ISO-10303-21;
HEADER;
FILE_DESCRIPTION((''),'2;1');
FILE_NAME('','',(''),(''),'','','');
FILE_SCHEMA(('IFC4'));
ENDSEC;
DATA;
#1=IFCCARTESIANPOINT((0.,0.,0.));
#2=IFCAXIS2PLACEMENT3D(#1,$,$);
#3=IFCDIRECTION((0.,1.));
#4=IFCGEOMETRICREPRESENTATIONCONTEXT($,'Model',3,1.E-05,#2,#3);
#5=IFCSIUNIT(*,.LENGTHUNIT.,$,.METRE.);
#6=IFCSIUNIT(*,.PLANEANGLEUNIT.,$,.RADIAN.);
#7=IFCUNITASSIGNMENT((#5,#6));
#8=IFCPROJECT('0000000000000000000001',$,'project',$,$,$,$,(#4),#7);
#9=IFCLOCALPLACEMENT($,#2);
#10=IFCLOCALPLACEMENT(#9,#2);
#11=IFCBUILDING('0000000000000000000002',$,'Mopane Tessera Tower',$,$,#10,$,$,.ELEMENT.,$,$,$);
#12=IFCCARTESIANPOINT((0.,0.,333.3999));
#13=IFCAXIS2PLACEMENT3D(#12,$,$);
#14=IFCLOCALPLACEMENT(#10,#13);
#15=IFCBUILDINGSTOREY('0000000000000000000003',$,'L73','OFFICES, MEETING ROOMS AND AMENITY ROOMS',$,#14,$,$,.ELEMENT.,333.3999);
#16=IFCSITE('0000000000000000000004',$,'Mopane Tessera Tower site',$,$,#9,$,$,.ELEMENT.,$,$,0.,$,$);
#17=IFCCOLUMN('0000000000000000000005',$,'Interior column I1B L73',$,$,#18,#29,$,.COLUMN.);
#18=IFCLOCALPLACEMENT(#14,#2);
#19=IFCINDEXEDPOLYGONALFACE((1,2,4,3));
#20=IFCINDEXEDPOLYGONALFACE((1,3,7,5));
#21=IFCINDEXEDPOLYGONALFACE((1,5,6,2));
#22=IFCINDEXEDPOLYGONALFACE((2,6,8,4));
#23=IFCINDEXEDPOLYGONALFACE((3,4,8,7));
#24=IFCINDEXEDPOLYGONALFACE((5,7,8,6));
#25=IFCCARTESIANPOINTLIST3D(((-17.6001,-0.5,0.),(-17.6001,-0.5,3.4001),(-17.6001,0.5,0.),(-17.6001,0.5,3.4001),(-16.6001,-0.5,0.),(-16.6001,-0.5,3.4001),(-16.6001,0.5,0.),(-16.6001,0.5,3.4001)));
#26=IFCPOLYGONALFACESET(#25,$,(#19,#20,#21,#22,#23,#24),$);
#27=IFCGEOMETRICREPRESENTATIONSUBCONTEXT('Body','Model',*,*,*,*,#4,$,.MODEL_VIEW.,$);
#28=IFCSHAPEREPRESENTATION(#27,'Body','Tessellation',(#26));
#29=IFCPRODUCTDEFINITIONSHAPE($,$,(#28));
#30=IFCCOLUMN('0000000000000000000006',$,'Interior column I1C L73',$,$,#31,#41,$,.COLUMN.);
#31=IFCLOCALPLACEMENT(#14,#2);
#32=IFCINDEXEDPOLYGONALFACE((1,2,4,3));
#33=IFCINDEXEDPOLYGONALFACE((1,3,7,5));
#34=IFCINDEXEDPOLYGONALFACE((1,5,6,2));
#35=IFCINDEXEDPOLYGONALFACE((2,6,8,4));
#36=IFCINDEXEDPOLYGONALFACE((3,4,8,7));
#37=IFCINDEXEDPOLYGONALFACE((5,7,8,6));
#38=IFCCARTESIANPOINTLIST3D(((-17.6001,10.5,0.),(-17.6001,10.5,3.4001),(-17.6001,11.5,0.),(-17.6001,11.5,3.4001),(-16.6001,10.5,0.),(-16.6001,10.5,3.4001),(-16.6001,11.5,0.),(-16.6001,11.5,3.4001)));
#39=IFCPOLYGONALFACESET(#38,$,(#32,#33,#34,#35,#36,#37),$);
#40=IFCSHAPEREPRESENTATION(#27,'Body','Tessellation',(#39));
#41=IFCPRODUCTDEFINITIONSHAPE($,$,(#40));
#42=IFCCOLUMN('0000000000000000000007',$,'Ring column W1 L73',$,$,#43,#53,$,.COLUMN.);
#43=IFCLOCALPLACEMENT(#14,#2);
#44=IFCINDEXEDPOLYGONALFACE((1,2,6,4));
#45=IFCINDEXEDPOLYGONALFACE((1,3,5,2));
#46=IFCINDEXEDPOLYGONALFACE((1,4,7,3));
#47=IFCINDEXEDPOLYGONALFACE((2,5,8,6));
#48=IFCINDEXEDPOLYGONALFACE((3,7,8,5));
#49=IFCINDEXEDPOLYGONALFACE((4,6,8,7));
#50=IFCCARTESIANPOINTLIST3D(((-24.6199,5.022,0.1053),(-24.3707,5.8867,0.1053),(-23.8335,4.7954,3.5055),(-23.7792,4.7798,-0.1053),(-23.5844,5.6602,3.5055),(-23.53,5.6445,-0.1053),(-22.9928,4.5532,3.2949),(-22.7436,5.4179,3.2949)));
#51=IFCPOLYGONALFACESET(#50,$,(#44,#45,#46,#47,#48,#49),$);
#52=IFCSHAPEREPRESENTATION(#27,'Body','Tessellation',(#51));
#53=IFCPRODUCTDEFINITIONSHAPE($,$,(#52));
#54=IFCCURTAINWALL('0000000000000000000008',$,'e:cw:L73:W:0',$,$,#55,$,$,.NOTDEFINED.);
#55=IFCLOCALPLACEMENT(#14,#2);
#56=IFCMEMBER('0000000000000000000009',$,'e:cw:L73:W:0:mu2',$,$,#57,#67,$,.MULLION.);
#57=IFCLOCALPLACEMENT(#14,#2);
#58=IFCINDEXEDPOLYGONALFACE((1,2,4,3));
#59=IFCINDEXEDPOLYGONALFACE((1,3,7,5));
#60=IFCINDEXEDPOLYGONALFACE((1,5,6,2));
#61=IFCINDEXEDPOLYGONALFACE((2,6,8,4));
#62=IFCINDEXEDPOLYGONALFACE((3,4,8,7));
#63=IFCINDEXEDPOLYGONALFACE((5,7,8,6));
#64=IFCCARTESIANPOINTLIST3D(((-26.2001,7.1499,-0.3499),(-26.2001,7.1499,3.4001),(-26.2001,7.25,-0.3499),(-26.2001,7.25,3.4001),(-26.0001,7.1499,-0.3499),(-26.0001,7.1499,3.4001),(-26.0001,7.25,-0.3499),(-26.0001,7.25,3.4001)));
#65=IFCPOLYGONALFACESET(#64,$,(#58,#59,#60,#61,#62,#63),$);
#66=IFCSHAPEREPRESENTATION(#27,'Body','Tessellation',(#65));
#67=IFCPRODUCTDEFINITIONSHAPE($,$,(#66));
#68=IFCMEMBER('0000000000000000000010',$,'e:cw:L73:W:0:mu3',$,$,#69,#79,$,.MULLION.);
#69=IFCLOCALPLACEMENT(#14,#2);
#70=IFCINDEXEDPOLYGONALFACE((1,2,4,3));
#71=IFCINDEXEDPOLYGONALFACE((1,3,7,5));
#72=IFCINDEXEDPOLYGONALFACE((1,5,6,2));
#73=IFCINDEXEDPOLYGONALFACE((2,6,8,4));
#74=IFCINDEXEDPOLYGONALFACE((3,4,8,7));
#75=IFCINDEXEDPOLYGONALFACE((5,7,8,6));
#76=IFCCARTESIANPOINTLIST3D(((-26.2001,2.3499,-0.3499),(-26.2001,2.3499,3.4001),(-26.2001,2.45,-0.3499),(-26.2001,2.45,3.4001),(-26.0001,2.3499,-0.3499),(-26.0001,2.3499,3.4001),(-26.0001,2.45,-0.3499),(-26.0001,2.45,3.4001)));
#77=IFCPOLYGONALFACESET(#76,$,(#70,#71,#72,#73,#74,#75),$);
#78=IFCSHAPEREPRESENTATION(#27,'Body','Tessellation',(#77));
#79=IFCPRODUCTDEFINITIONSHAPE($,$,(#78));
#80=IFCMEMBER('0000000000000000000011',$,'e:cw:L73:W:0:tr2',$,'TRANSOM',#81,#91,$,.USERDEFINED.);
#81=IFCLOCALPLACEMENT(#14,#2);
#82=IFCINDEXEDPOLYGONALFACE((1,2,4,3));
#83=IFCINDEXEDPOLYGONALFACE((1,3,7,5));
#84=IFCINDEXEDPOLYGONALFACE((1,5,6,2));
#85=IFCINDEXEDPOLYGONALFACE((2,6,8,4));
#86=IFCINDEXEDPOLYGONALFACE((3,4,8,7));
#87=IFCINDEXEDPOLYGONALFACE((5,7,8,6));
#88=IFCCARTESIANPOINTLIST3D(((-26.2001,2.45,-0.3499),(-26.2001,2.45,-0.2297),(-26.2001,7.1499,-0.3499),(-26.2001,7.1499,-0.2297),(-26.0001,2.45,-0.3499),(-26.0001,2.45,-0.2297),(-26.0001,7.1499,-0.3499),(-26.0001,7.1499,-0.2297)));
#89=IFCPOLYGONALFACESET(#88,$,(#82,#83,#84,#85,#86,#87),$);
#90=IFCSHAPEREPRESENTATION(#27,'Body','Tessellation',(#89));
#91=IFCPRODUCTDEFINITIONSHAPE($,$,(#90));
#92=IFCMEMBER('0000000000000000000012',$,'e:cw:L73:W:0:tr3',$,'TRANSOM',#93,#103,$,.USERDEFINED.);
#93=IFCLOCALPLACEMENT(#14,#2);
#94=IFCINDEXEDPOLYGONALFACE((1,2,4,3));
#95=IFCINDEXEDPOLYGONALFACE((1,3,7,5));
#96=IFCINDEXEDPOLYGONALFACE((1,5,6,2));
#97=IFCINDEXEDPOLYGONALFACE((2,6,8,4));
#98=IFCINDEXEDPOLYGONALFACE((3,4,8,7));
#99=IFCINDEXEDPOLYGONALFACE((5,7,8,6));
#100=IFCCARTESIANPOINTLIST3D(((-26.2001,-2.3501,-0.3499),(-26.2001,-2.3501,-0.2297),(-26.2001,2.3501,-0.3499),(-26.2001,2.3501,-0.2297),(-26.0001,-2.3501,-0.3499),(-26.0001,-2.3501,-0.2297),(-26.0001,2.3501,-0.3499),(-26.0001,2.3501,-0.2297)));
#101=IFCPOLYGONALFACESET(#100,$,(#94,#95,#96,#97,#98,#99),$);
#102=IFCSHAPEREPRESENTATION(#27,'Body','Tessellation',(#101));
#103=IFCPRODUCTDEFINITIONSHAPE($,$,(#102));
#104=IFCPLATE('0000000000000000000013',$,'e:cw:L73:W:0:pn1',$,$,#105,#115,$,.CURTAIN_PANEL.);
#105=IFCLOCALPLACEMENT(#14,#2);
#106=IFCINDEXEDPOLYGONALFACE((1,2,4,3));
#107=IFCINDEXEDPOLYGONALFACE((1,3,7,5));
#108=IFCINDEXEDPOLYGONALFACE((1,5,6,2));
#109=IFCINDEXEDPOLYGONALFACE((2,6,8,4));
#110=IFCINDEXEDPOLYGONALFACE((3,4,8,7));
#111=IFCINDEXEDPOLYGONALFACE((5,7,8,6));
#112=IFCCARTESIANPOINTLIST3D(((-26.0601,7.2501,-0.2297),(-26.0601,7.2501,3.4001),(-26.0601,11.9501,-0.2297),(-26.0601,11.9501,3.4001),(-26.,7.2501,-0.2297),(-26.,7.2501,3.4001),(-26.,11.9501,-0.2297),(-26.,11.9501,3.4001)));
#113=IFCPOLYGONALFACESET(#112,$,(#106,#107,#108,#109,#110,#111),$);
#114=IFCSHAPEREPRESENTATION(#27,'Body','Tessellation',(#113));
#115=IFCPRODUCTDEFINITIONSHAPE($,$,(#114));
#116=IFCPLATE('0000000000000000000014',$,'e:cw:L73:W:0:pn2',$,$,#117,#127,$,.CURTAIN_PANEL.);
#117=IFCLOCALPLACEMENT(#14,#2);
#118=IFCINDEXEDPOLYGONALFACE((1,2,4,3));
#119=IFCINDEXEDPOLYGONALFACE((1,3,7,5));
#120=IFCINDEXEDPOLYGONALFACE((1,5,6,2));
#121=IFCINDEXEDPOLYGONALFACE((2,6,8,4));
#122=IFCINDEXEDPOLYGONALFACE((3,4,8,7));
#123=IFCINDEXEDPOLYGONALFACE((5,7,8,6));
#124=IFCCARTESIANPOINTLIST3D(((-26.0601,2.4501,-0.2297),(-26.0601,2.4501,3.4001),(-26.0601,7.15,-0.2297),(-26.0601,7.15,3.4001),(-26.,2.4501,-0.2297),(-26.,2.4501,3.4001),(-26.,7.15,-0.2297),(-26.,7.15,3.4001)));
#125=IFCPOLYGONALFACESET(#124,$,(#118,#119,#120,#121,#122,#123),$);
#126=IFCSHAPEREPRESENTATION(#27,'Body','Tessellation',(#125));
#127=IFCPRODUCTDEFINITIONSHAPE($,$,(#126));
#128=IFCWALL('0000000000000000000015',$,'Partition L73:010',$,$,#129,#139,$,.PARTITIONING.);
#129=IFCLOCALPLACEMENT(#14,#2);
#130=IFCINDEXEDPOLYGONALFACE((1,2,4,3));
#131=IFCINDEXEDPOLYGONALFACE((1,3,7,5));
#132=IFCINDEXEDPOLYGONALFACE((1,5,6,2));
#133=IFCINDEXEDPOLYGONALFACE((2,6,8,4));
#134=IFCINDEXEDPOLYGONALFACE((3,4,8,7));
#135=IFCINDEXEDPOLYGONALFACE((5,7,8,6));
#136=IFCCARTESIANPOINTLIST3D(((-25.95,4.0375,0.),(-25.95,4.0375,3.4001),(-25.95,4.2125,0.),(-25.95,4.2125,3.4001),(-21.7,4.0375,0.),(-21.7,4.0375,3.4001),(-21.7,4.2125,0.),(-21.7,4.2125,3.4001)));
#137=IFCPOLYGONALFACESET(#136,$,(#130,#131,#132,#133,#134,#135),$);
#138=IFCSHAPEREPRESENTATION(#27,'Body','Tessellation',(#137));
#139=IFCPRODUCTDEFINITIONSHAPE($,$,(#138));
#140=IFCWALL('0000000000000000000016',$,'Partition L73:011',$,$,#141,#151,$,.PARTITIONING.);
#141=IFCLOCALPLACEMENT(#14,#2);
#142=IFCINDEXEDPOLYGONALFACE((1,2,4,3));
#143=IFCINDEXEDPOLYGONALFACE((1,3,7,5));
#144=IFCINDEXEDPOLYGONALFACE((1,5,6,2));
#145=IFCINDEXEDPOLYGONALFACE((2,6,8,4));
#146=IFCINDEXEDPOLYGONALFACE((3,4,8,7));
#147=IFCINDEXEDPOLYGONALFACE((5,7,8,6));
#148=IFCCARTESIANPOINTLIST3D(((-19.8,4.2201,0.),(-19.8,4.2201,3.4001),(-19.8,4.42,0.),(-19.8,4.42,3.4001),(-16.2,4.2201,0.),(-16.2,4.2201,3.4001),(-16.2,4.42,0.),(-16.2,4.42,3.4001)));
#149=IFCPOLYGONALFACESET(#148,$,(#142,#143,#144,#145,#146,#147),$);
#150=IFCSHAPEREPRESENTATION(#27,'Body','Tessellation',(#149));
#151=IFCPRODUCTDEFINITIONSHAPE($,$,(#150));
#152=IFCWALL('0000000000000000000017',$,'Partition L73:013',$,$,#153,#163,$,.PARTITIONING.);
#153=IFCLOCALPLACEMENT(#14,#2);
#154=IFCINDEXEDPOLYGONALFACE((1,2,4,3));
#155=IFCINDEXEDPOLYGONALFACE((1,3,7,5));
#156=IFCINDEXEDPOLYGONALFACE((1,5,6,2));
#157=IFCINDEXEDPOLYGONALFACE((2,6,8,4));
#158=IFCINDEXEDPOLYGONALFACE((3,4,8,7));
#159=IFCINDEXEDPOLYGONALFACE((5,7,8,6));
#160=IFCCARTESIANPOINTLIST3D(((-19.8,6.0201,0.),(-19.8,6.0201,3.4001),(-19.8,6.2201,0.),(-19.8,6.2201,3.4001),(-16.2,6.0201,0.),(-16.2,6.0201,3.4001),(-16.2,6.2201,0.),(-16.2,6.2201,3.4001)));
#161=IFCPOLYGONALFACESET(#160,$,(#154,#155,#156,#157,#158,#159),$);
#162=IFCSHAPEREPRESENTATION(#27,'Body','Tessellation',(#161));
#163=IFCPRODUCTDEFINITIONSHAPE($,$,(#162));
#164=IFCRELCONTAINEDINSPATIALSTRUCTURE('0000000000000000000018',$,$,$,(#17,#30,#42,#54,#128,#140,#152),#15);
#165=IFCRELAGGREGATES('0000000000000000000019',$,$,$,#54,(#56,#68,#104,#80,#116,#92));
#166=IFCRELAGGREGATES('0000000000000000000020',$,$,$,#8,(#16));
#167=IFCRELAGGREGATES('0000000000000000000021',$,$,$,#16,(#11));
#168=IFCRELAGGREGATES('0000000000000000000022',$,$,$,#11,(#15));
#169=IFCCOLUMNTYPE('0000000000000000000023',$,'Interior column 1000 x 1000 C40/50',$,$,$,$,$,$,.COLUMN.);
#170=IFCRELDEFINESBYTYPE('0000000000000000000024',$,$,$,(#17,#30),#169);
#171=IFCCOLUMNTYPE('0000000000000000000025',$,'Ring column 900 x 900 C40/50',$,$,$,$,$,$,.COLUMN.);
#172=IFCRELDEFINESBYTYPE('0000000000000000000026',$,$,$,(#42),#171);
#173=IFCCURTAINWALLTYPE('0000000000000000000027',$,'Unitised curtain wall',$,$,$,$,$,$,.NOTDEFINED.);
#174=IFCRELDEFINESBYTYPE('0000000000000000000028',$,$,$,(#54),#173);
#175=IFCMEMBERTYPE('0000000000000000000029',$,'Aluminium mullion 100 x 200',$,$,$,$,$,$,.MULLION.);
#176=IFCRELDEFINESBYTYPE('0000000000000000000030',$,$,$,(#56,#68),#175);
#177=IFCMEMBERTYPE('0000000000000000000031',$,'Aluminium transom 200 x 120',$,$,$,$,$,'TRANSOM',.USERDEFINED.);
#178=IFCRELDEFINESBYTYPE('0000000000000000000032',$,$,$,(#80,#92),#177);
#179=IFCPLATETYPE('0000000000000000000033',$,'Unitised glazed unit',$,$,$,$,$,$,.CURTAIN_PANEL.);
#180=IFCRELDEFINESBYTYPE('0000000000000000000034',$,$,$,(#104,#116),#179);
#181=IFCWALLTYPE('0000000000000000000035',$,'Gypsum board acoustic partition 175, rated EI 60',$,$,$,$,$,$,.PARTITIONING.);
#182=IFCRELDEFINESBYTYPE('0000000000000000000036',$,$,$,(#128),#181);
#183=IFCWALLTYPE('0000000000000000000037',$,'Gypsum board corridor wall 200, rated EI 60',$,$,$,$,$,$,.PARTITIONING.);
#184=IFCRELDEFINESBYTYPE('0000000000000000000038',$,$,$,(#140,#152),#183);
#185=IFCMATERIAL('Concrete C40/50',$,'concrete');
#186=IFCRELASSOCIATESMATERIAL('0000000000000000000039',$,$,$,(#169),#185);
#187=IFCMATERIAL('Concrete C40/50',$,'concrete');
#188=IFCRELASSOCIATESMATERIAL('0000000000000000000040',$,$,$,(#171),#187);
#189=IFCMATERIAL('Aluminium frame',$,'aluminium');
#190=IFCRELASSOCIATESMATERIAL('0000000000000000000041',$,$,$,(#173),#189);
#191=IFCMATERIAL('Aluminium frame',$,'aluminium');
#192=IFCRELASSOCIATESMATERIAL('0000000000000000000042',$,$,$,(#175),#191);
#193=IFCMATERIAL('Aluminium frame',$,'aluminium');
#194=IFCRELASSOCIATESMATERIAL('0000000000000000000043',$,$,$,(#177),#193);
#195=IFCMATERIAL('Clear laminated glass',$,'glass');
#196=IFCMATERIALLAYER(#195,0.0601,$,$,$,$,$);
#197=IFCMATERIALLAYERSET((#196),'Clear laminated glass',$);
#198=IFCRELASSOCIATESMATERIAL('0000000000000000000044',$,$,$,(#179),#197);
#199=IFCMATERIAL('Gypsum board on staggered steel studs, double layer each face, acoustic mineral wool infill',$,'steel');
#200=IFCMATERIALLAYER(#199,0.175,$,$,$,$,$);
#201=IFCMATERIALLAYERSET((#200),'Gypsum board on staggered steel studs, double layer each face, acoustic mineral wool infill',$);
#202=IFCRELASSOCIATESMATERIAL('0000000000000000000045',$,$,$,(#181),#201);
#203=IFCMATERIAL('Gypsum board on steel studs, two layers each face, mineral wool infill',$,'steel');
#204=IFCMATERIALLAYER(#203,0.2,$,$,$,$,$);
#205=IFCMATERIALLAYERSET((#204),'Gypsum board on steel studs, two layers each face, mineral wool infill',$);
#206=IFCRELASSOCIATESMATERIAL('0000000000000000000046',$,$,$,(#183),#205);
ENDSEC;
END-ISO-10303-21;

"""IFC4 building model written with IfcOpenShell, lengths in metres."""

from ifc_helpers import new_model, si_unit, direction, frame, frame_2d, origin, origin_2d, place, context, subcontext, project, spatial, rectangle, extrude, material, layer, layer_set, material_profile, profile_set, type_object, element, aggregate, save


model = new_model("IFC4")

# Units and contexts
model_context = context("Model", 3, precision=1e-05, world=origin(), true_north=direction((0.0, 1.0)))
body_context = subcontext(model_context, "Body", "Model", "MODEL_VIEW")
ifc_project = project(units=[si_unit("LENGTHUNIT", "METRE"), si_unit("PLANEANGLEUNIT", "RADIAN")], contexts=[model_context])

# Site, building, storey
site_placement = place(None, origin())
site = spatial("IfcSite", under=ifc_project, at=site_placement, Name="Mopane Tessera Tower site", CompositionType="ELEMENT", RefElevation=0.0)
building_placement = place(site_placement, origin())
building = spatial("IfcBuilding", under=site, at=building_placement, Name="Mopane Tessera Tower", CompositionType="ELEMENT")
storey_placement = place(building_placement, frame((0.0, 0.0, 333.3999)))
storey = spatial("IfcBuildingStorey", under=building, at=storey_placement, Name="L73", Description="OFFICES, MEETING ROOMS AND AMENITY ROOMS", CompositionType="ELEMENT", Elevation=333.3999)

# Columns
ifc_material_1 = material(Name="Concrete C40/50", Category="concrete")
ifc_material_profile_1 = material_profile(ifc_material_1, rectangle(XDim=1.0, YDim=1.0, at=origin_2d()))
ifc_profile_set_1 = profile_set([ifc_material_profile_1], Name="Concrete C40/50")
column_type_1 = type_object("IfcColumnType", Name="Interior column 1000 x 1000 C40/50", PredefinedType="COLUMN", material=ifc_profile_set_1)
for number, where, z_axis, x_axis, name in (
    (1, (-17.1001, 0.0, 0.0), (0.0, 0.0, 1.0), (1.0, 0.0, 0.0), "Interior column I1B L73"),
    (2, (-17.1001, 11.0, 0.0), (0.0, 0.0, 1.0), (1.0, 0.0, 0.0), "Interior column I1C L73"),
):
    element("IfcColumn", number, at=place(storey_placement, frame(where, z_axis=z_axis, x_axis=x_axis)), inside=storey, type_object=column_type_1, Name=name, PredefinedType="COLUMN", context=body_context, shape_type="SweptSolid", body=[
        extrude(rectangle(XDim=1.0, YDim=1.0, at=origin_2d()), origin(), (0.0, 0.0, 1.0), 3.4001),
    ])
ifc_material_2 = material(Name="Concrete C40/50", Category="concrete")
ifc_material_profile_2 = material_profile(ifc_material_2, rectangle(XDim=0.8999, YDim=0.8999, at=origin_2d()))
ifc_profile_set_2 = profile_set([ifc_material_profile_2], Name="Concrete C40/50")
column_type_2 = type_object("IfcColumnType", Name="Ring column 900 x 900 C40/50", PredefinedType="COLUMN", material=ifc_profile_set_2)
column_placement = place(storey_placement, frame((-24.075, 5.3333, 0.0), z_axis=(0.224856, -0.064783, 0.972236), x_axis=(0.276848, 0.960914, 0.0)))
element("IfcColumn", 3, at=column_placement, inside=storey, type_object=column_type_2, Name="Ring column W1 L73", PredefinedType="COLUMN", context=body_context, shape_type="SweptSolid", body=[
    extrude(rectangle(XDim=0.8999, YDim=0.8999, at=origin_2d()), origin(), (0.0, 0.0, 1.0), 3.4973),
])

# Curtain wall, members, plates
ifc_material_3 = material(Name="Aluminium frame", Category="aluminium")
curtain_wall_type = type_object("IfcCurtainWallType", Name="Unitised curtain wall", PredefinedType="NOTDEFINED", material=ifc_material_3)
curtain_wall_placement = place(storey_placement, origin())
curtain_wall = element("IfcCurtainWall", 4, at=curtain_wall_placement, inside=storey, type_object=curtain_wall_type, Name="e:cw:L73:W:0", PredefinedType="NOTDEFINED")
ifc_material_4 = material(Name="Aluminium frame", Category="aluminium")
ifc_material_profile_3 = material_profile(ifc_material_4, rectangle(XDim=0.1001, YDim=0.2, at=origin_2d()))
ifc_profile_set_3 = profile_set([ifc_material_profile_3], Name="Aluminium frame")
member_type_1 = type_object("IfcMemberType", Name="Aluminium mullion 100 x 200", PredefinedType="MULLION", material=ifc_profile_set_3)
member_1_placement = place(storey_placement, frame((-26.1001, 7.2, -0.3499), z_axis=(0.0, 0.0, 1.0), x_axis=(0.0, -1.0, 0.0)))
member_1 = element("IfcMember", 5, at=member_1_placement, type_object=member_type_1, Name="e:cw:L73:W:0:mu2", PredefinedType="MULLION", context=body_context, shape_type="SweptSolid", body=[
    extrude(rectangle(XDim=0.1001, YDim=0.2, at=origin_2d()), origin(), (0.0, 0.0, 1.0), 3.75),
])
member_2_placement = place(storey_placement, frame((-26.1001, 2.3999, -0.3499), z_axis=(0.0, 0.0, 1.0), x_axis=(0.0, -1.0, 0.0)))
member_2 = element("IfcMember", 6, at=member_2_placement, type_object=member_type_1, Name="e:cw:L73:W:0:mu3", PredefinedType="MULLION", context=body_context, shape_type="SweptSolid", body=[
    extrude(rectangle(XDim=0.1001, YDim=0.2, at=origin_2d()), origin(), (0.0, 0.0, 1.0), 3.75),
])
ifc_material_5 = material(Name="Aluminium frame", Category="aluminium")
ifc_material_profile_4 = material_profile(ifc_material_5, rectangle(XDim=0.2, YDim=0.1201, at=origin_2d()))
ifc_profile_set_4 = profile_set([ifc_material_profile_4], Name="Aluminium frame")
member_type_2 = type_object("IfcMemberType", Name="Aluminium transom 200 x 120", ElementType="TRANSOM", PredefinedType="USERDEFINED", material=ifc_profile_set_4)
member_3_placement = place(storey_placement, frame((-26.1001, 7.1499, -0.2898), z_axis=(0.0, -1.0, 0.0), x_axis=(1.0, 0.0, 0.0)))
member_3 = element("IfcMember", 7, at=member_3_placement, type_object=member_type_2, Name="e:cw:L73:W:0:tr2", ObjectType="TRANSOM", PredefinedType="USERDEFINED", context=body_context, shape_type="SweptSolid", body=[
    extrude(rectangle(XDim=0.2, YDim=0.1201, at=origin_2d()), origin(), (0.0, 0.0, 1.0), 4.7),
])
member_4_placement = place(storey_placement, frame((-26.1001, 2.3501, -0.2898), z_axis=(0.0, -1.0, 0.0), x_axis=(1.0, 0.0, 0.0)))
member_4 = element("IfcMember", 8, at=member_4_placement, type_object=member_type_2, Name="e:cw:L73:W:0:tr3", ObjectType="TRANSOM", PredefinedType="USERDEFINED", context=body_context, shape_type="SweptSolid", body=[
    extrude(rectangle(XDim=0.2, YDim=0.1201, at=origin_2d()), origin(), (0.0, 0.0, 1.0), 4.7002),
])
ifc_material_6 = material(Name="Clear laminated glass", Category="glass")
ifc_layer_1 = layer(ifc_material_6, 0.0601)
ifc_layer_set_1 = layer_set([ifc_layer_1], Name="Clear laminated glass")
plate_type = type_object("IfcPlateType", Name="Unitised glazed unit", PredefinedType="CURTAIN_PANEL", material=ifc_layer_set_1)
plate_1_placement = place(storey_placement, frame((-26.03, 9.6001, -0.2297), z_axis=(0.0, 0.0, 1.0), x_axis=(0.0, -1.0, 0.0)))
plate_1 = element("IfcPlate", 9, at=plate_1_placement, type_object=plate_type, Name="e:cw:L73:W:0:pn1", PredefinedType="CURTAIN_PANEL", context=body_context, shape_type="SweptSolid", body=[
    extrude(rectangle(XDim=4.7, YDim=0.0601, at=origin_2d()), origin(), (0.0, 0.0, 1.0), 3.6299),
])
plate_2_placement = place(storey_placement, frame((-26.03, 4.8, -0.2297), z_axis=(0.0, 0.0, 1.0), x_axis=(0.0, -1.0, 0.0)))
plate_2 = element("IfcPlate", 10, at=plate_2_placement, type_object=plate_type, Name="e:cw:L73:W:0:pn2", PredefinedType="CURTAIN_PANEL", context=body_context, shape_type="SweptSolid", body=[
    extrude(rectangle(XDim=4.7, YDim=0.0601, at=origin_2d()), origin(), (0.0, 0.0, 1.0), 3.6299),
])
aggregate(curtain_wall, [member_1, member_2, plate_1, member_3, plate_2, member_4])

# Walls
ifc_material_7 = material(Name="Gypsum board on staggered steel studs, double layer each face, acoustic mineral wool infill", Category="steel")
ifc_layer_2 = layer(ifc_material_7, 0.175)
ifc_layer_set_2 = layer_set([ifc_layer_2], Name="Gypsum board on staggered steel studs, double layer each face, acoustic mineral wool infill")
wall_type_1 = type_object("IfcWallType", Name="Gypsum board acoustic partition 175, rated EI 60", PredefinedType="PARTITIONING", material=ifc_layer_set_2)
wall_1_placement = place(storey_placement, frame((-25.95, 4.125, 0.0), z_axis=(0.0, 0.0, 1.0), x_axis=(1.0, 0.0, 0.0)))
element("IfcWall", 11, at=wall_1_placement, inside=storey, type_object=wall_type_1, Name="Partition L73:010", PredefinedType="PARTITIONING", context=body_context, shape_type="SweptSolid", body=[
    extrude(rectangle(XDim=4.25, YDim=0.175, at=frame_2d((2.125, 0.0))), origin(), (0.0, 0.0, 1.0), 3.4001),
])
ifc_material_8 = material(Name="Gypsum board on steel studs, two layers each face, mineral wool infill", Category="steel")
ifc_layer_3 = layer(ifc_material_8, 0.2)
ifc_layer_set_3 = layer_set([ifc_layer_3], Name="Gypsum board on steel studs, two layers each face, mineral wool infill")
wall_type_2 = type_object("IfcWallType", Name="Gypsum board corridor wall 200, rated EI 60", PredefinedType="PARTITIONING", material=ifc_layer_set_3)
for number, where, z_axis, x_axis, name in (
    (12, (-19.8, 4.3201, 0.0), (0.0, 0.0, 1.0), (1.0, 0.0, 0.0), "Partition L73:011"),
    (13, (-19.8, 6.1201, 0.0), (0.0, 0.0, 1.0), (1.0, 0.0, 0.0), "Partition L73:013"),
):
    element("IfcWall", number, at=place(storey_placement, frame(where, z_axis=z_axis, x_axis=x_axis)), inside=storey, type_object=wall_type_2, Name=name, PredefinedType="PARTITIONING", context=body_context, shape_type="SweptSolid", body=[
        extrude(rectangle(XDim=3.6001, YDim=0.2, at=frame_2d((1.8, 0.0))), origin(), (0.0, 0.0, 1.0), 3.4001),
    ])

save(model, "model.ifc")
